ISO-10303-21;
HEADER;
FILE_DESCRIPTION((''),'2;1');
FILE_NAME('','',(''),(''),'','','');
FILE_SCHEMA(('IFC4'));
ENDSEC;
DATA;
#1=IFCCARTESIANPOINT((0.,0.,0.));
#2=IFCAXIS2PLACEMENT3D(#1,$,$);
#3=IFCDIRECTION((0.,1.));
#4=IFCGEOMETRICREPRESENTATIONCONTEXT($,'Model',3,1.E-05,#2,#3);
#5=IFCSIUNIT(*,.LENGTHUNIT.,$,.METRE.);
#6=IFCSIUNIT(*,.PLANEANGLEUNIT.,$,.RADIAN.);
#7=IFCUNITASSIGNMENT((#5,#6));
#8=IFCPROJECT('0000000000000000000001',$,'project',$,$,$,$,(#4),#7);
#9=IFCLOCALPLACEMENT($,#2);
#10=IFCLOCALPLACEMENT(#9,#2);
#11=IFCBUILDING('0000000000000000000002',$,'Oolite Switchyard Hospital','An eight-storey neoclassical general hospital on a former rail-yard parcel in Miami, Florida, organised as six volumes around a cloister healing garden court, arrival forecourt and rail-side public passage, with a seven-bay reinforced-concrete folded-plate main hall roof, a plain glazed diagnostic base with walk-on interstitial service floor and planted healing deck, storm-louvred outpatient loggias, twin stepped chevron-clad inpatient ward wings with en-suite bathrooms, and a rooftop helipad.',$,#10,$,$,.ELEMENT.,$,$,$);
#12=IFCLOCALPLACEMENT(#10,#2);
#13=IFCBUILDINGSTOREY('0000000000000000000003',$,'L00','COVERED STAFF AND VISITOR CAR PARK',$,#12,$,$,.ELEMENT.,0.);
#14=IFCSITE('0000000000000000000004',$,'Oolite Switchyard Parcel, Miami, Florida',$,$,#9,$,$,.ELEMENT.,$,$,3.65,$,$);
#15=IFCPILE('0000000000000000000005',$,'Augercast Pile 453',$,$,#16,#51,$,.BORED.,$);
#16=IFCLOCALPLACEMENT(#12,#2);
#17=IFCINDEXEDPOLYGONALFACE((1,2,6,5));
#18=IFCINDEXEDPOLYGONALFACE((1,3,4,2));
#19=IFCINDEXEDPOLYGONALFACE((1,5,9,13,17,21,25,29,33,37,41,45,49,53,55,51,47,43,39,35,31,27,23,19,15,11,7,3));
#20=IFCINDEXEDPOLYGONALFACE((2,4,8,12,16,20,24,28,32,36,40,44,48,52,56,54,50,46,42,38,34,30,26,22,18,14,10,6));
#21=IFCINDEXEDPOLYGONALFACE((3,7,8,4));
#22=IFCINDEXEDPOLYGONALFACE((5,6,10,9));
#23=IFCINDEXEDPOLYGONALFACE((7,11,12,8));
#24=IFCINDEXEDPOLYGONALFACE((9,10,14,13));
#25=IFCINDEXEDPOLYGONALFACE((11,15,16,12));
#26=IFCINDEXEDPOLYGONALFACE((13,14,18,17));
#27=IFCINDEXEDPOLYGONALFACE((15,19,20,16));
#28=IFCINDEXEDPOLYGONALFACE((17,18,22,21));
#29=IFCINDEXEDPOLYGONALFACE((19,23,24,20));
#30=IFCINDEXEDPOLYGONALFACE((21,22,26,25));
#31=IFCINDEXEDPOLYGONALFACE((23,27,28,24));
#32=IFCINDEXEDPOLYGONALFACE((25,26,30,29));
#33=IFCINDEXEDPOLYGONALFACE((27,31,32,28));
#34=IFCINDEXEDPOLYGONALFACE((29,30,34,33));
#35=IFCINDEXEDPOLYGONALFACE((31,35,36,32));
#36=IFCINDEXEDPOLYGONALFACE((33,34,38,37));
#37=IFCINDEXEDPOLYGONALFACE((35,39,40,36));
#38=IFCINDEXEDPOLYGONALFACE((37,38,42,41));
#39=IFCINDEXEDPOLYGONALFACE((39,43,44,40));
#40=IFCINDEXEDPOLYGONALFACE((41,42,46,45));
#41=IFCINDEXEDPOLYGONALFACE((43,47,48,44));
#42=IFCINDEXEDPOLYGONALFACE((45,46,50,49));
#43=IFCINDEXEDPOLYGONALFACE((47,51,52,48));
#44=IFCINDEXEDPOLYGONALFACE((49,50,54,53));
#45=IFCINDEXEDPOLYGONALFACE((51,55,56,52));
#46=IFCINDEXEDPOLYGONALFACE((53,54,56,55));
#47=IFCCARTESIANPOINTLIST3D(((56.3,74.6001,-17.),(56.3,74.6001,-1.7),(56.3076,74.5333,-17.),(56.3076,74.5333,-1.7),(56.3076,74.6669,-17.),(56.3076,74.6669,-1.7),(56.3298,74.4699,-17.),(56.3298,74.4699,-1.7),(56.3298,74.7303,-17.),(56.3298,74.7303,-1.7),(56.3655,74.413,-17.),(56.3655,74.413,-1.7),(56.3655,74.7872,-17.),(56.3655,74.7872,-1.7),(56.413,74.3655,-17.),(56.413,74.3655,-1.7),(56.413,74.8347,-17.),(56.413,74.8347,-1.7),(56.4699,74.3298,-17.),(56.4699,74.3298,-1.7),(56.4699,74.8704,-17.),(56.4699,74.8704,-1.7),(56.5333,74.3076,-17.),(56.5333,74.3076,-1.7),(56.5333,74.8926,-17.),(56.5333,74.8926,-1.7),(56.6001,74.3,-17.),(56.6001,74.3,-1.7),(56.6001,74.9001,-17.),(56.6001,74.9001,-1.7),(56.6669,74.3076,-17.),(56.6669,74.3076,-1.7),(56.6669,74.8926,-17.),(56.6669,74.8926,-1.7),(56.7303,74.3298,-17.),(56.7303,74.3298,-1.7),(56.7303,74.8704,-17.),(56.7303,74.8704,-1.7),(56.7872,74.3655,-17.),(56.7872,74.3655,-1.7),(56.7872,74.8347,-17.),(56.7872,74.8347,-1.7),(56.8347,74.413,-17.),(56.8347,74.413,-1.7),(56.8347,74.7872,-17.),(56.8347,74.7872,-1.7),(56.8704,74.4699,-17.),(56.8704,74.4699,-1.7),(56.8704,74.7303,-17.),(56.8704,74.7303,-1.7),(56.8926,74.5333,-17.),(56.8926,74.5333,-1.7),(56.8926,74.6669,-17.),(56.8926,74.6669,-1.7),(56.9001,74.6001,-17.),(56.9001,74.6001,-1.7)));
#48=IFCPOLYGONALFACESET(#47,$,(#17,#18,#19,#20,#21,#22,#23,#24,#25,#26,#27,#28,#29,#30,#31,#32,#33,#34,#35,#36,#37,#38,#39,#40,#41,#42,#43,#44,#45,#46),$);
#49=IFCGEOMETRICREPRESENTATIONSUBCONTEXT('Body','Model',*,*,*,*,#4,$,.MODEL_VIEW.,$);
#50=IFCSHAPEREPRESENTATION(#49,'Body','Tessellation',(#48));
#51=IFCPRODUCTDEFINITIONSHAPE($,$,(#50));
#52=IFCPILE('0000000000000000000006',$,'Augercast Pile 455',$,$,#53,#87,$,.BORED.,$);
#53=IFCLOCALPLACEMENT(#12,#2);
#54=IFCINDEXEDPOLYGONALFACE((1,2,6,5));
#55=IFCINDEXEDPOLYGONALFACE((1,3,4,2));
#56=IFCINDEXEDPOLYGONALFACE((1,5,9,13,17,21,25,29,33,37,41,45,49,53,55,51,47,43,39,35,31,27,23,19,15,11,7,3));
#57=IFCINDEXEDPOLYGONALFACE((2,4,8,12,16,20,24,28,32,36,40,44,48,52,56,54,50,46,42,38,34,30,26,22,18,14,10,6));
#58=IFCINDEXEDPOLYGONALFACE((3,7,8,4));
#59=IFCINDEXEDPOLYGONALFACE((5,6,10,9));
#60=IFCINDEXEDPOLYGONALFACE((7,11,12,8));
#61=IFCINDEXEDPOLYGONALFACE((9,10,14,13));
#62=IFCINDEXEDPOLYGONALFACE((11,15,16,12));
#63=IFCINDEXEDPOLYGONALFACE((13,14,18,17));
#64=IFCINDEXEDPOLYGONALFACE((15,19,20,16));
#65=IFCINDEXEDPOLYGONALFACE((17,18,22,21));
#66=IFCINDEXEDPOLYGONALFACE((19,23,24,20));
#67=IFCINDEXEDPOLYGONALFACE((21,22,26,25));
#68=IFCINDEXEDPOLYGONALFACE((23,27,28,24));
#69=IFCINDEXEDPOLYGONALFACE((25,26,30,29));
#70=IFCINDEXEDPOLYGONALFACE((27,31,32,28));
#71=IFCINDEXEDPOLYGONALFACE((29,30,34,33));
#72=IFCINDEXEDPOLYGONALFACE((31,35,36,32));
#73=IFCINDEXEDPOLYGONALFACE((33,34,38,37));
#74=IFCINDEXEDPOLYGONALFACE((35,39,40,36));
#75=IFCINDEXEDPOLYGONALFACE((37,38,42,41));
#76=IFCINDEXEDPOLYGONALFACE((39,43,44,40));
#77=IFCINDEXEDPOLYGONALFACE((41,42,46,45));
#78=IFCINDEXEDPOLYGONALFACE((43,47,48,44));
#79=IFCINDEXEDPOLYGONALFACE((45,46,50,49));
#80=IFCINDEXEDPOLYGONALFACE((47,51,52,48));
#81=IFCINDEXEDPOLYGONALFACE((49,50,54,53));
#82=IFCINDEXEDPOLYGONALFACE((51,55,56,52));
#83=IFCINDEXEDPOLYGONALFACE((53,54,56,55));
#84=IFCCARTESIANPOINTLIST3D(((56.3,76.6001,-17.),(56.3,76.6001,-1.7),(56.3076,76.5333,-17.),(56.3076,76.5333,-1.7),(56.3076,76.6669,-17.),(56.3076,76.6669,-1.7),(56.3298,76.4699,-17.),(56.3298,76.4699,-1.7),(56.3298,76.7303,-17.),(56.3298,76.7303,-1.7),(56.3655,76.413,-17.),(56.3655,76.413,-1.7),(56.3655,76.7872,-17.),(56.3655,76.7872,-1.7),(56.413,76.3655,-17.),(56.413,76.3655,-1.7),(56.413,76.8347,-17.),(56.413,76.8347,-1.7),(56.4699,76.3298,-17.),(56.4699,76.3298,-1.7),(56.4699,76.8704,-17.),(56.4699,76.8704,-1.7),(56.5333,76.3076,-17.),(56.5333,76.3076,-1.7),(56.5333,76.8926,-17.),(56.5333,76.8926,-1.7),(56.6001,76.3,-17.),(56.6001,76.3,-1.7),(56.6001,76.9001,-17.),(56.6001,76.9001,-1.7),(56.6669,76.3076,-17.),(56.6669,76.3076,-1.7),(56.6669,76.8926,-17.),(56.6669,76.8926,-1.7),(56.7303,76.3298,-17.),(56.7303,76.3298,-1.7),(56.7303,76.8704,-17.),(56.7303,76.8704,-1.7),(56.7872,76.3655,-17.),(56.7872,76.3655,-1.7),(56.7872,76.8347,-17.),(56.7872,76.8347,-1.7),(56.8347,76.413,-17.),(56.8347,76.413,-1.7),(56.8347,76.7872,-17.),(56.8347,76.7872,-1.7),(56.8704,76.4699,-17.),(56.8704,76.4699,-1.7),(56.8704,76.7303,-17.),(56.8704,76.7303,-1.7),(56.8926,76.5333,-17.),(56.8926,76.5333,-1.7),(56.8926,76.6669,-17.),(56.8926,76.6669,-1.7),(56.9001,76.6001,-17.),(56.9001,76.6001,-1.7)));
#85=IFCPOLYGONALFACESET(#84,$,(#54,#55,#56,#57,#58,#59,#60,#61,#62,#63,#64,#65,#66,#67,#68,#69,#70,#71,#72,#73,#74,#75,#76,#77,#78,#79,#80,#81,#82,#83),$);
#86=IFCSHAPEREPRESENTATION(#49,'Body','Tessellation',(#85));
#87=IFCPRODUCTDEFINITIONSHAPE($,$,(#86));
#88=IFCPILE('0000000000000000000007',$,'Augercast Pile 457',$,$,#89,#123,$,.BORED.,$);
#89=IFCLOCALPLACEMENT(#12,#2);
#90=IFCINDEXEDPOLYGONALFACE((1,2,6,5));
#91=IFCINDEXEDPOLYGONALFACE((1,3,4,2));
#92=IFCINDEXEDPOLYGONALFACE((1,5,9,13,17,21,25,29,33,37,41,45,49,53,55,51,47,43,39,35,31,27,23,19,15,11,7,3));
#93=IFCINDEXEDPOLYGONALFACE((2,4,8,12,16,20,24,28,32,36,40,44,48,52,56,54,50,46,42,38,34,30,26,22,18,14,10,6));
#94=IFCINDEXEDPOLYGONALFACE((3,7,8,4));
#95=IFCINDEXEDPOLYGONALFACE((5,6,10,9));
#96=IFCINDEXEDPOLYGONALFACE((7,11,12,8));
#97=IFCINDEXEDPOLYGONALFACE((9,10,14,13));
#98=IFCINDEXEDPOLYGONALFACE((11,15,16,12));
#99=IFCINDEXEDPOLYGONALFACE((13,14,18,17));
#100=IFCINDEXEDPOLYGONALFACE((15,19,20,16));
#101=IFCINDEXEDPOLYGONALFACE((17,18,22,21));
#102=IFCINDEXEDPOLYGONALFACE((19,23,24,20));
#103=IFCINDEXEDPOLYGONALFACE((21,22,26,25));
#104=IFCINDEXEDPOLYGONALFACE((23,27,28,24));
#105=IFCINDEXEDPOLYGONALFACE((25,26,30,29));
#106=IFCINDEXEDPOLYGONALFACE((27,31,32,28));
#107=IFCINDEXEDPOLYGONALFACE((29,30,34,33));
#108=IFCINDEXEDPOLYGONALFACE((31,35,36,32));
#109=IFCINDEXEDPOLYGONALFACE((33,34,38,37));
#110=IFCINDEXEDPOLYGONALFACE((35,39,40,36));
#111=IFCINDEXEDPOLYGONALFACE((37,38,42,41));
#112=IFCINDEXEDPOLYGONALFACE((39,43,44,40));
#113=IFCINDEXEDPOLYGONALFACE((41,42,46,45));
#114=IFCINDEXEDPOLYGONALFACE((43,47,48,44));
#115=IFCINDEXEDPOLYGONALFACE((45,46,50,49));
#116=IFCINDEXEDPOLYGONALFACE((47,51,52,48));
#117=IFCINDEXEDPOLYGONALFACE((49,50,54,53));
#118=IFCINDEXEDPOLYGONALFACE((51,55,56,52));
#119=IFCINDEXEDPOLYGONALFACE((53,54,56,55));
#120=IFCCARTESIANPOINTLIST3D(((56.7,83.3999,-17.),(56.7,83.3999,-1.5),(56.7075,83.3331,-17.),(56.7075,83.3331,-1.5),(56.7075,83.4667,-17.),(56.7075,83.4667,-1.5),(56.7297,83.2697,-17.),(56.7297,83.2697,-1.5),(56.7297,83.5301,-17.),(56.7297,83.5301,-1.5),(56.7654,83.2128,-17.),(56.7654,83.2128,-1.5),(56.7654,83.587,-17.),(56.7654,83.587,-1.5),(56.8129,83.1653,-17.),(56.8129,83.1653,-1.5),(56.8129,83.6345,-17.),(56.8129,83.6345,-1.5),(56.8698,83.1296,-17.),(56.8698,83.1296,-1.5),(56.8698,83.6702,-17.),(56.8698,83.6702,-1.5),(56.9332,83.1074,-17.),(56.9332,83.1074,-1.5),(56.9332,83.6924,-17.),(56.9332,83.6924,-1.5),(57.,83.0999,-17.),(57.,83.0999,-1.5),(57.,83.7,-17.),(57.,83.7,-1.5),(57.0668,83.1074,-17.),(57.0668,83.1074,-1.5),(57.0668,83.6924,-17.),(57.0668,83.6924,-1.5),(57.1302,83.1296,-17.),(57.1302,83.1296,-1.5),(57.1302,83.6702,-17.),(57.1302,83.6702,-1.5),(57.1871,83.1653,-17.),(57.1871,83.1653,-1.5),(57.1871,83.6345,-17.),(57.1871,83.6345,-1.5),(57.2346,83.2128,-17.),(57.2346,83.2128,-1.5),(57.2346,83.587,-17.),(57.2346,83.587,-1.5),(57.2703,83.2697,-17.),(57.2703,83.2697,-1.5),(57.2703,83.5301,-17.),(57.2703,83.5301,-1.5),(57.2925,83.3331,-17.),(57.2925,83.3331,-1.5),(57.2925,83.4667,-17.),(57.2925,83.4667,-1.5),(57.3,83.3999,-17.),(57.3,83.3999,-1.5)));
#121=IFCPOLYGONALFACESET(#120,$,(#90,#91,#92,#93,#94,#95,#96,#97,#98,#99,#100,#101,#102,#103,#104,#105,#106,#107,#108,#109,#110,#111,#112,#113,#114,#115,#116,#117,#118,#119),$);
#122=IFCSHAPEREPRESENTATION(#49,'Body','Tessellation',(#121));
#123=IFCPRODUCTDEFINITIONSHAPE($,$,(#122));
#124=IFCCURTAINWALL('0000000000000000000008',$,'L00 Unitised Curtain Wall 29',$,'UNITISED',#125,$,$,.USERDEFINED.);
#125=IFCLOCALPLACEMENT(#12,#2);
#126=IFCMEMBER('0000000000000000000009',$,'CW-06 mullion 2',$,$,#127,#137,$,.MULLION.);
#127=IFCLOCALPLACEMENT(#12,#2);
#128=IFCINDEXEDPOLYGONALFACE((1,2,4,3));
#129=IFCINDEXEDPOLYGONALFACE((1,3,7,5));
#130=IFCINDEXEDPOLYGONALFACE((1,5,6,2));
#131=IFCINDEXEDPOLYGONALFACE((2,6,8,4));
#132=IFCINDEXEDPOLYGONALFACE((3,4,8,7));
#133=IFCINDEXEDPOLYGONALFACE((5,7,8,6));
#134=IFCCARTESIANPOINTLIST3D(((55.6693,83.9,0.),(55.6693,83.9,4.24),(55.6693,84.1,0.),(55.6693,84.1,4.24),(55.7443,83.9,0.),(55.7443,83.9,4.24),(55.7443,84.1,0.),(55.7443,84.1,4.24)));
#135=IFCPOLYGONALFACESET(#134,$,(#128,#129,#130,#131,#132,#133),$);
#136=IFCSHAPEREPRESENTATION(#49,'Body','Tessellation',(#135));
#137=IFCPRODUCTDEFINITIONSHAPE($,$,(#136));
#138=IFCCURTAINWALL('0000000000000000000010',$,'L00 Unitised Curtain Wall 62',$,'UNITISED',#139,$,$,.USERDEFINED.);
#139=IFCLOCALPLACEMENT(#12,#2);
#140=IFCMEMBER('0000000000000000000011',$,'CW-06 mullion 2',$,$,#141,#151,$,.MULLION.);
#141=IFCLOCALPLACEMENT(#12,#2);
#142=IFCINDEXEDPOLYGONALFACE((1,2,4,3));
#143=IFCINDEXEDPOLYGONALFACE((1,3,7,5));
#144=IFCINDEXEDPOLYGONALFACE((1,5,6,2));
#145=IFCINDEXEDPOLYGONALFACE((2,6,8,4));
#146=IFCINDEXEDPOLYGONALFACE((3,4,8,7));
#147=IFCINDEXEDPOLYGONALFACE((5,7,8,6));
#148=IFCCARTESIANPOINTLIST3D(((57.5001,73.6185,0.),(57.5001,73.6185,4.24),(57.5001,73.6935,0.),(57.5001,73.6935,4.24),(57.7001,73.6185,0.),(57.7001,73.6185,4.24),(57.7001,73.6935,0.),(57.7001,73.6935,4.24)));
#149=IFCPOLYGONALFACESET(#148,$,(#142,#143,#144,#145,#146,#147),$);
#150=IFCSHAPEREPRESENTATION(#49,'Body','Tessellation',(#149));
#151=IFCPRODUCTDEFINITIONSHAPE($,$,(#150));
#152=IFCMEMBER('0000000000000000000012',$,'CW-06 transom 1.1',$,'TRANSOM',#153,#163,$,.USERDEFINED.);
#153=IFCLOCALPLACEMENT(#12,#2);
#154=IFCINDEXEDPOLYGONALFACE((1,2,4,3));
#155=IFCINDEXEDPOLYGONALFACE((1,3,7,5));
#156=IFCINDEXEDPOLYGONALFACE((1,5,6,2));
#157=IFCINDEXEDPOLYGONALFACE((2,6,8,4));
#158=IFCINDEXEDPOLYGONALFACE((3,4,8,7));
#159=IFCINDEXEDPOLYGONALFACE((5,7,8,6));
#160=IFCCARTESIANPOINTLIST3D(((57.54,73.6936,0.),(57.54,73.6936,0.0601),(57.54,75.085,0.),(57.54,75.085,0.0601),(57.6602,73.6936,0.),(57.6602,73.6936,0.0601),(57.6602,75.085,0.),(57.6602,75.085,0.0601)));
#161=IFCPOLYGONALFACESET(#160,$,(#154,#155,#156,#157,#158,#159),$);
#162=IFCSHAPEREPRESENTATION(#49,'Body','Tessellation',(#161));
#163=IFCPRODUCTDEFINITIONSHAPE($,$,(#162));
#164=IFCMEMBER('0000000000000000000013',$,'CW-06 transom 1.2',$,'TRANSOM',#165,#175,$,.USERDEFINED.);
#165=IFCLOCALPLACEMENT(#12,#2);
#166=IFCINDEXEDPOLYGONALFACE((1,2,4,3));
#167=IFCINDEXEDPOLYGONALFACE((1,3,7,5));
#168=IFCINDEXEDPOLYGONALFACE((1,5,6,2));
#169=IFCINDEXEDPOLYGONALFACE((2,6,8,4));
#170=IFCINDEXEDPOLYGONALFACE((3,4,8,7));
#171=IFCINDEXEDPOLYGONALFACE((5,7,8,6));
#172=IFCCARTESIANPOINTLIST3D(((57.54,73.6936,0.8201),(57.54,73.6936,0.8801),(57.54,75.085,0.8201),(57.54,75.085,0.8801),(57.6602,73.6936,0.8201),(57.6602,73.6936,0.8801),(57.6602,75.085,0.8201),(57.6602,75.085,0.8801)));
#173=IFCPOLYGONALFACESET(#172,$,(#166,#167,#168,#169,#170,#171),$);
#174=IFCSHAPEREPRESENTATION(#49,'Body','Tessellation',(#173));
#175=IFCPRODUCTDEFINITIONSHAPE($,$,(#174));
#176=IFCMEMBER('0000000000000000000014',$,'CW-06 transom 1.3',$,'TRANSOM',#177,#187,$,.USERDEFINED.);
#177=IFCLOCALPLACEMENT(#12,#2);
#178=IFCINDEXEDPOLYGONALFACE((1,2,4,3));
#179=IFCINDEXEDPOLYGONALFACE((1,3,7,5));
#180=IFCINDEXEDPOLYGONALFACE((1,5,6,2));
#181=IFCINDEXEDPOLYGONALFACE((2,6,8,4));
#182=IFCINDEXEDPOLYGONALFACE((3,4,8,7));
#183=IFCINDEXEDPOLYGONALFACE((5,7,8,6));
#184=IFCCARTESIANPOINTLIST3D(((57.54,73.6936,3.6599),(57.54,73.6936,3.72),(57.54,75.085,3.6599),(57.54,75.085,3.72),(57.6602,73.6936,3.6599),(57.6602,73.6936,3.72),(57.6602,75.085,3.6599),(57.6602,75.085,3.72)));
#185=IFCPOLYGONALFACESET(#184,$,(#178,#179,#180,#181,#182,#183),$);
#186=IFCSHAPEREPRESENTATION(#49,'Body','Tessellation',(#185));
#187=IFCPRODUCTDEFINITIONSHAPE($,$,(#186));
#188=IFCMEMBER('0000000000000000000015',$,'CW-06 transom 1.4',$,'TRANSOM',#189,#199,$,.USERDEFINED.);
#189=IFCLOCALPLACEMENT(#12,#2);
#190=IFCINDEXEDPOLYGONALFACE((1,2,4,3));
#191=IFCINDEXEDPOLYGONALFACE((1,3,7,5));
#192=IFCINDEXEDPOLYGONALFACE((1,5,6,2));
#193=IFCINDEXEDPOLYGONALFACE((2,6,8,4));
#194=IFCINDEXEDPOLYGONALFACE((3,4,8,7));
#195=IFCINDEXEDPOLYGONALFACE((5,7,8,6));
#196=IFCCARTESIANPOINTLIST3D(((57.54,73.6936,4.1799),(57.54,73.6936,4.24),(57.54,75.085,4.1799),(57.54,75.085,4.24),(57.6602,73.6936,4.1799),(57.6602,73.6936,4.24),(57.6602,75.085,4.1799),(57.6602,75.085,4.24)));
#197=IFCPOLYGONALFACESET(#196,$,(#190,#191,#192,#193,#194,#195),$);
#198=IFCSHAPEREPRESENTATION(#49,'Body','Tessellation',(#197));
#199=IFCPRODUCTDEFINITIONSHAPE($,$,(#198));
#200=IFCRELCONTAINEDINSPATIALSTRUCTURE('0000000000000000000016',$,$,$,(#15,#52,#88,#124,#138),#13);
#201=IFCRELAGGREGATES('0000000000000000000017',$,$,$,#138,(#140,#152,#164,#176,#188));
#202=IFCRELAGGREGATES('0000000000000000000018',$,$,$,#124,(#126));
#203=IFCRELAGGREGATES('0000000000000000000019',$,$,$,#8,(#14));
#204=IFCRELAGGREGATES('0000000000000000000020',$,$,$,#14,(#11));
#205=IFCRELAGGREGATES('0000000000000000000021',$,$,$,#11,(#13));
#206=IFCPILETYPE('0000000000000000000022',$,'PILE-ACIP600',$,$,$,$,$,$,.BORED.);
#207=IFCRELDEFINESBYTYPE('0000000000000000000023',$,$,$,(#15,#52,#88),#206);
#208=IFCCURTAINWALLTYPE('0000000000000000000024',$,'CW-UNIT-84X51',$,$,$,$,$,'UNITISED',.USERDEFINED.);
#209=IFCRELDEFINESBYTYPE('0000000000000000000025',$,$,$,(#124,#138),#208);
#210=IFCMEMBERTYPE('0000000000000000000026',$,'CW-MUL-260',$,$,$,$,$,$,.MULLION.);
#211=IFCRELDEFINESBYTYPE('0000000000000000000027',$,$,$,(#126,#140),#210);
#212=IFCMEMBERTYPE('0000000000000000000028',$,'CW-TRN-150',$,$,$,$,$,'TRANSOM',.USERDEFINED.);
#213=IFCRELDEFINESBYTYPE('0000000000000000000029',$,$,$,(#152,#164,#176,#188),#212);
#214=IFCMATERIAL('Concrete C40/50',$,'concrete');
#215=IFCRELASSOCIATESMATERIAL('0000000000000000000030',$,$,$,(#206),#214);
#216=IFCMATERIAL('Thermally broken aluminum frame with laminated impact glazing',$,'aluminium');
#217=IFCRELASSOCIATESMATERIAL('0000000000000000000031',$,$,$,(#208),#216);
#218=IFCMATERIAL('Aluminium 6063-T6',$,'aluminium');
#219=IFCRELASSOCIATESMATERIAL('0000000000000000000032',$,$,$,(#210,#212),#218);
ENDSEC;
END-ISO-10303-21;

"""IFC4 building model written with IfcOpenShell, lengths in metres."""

from ifc_helpers import new_model, si_unit, direction, frame, origin, origin_2d, place, context, subcontext, project, spatial, rectangle, circle, extrude, material, material_profile, profile_set, type_object, element, aggregate, save


model = new_model("IFC4")

# Units and contexts
model_context = context("Model", 3, precision=1e-05, world=origin(), true_north=direction((0.0, 1.0)))
body_context = subcontext(model_context, "Body", "Model", "MODEL_VIEW")
ifc_project = project(units=[si_unit("LENGTHUNIT", "METRE"), si_unit("PLANEANGLEUNIT", "RADIAN")], contexts=[model_context])

# Site, building, storey
site_placement = place(None, origin())
site = spatial("IfcSite", under=ifc_project, at=site_placement, Name="Oolite Switchyard Parcel, Miami, Florida", CompositionType="ELEMENT", RefElevation=3.65)
building_placement = place(site_placement, origin())
building = spatial("IfcBuilding", under=site, at=building_placement, Name="Oolite Switchyard Hospital", Description="An eight-storey neoclassical general hospital on a former rail-yard parcel in Miami, Florida, organised as six volumes around a cloister healing garden court, arrival forecourt and rail-side public passage, with a seven-bay reinforced-concrete folded-plate main hall roof, a plain glazed diagnostic base with walk-on interstitial service floor and planted healing deck, storm-louvred outpatient loggias, twin stepped chevron-clad inpatient ward wings with en-suite bathrooms, and a rooftop helipad.", CompositionType="ELEMENT")
storey_placement = place(building_placement, origin())
storey = spatial("IfcBuildingStorey", under=building, at=storey_placement, Name="L00", Description="COVERED STAFF AND VISITOR CAR PARK", CompositionType="ELEMENT", Elevation=0.0)

# Piles
ifc_material_1 = material(Name="Concrete C40/50", Category="concrete")
ifc_material_profile_1 = material_profile(ifc_material_1, circle(Radius=0.3, at=origin_2d()), Name="PILE600")
ifc_profile_set_1 = profile_set([ifc_material_profile_1], Name="Concrete C40/50")
pile_type = type_object("IfcPileType", Name="PILE-ACIP600", PredefinedType="BORED", material=ifc_profile_set_1)
for number, where, z_axis, x_axis, name in (
    (1, (56.6001, 74.6001, -1.7), (0.0, 0.0, -1.0), (1.0, 0.0, 0.0), "Augercast Pile 453"),
    (2, (56.6001, 76.6001, -1.7), (0.0, 0.0, -1.0), (1.0, 0.0, 0.0), "Augercast Pile 455"),
):
    element("IfcPile", number, at=place(storey_placement, frame(where, z_axis=z_axis, x_axis=x_axis)), inside=storey, type_object=pile_type, Name=name, PredefinedType="BORED", context=body_context, shape_type="SweptSolid", body=[
        extrude(circle(Radius=0.3, at=origin_2d()), origin(), (0.0, 0.0, 1.0), 15.3),
    ])
pile_placement = place(storey_placement, frame((57.0, 83.3999, -1.5), z_axis=(0.0, 0.0, -1.0), x_axis=(1.0, 0.0, 0.0)))
element("IfcPile", 3, at=pile_placement, inside=storey, type_object=pile_type, Name="Augercast Pile 457", PredefinedType="BORED", context=body_context, shape_type="SweptSolid", body=[
    extrude(circle(Radius=0.3, at=origin_2d()), origin(), (0.0, 0.0, 1.0), 15.5),
])

# Curtain wall, member
ifc_material_2 = material(Name="Thermally broken aluminum frame with laminated impact glazing", Category="aluminium")
curtain_wall_type = type_object("IfcCurtainWallType", Name="CW-UNIT-84X51", ElementType="UNITISED", PredefinedType="USERDEFINED", material=ifc_material_2)
curtain_wall_1_placement = place(storey_placement, origin())
curtain_wall_1 = element("IfcCurtainWall", 4, at=curtain_wall_1_placement, inside=storey, type_object=curtain_wall_type, Name="L00 Unitised Curtain Wall 29", ObjectType="UNITISED", PredefinedType="USERDEFINED")
ifc_material_3 = material(Name="Aluminium 6063-T6", Category="aluminium")
ifc_material_profile_2 = material_profile(ifc_material_3, rectangle(XDim=0.2, YDim=0.075, at=origin_2d()), Name="CWM75X200")
ifc_profile_set_2 = profile_set([ifc_material_profile_2], Name="Aluminium 6063-T6")
member_type_1 = type_object("IfcMemberType", Name="CW-MUL-260", PredefinedType="MULLION", material=ifc_profile_set_2)
member_1_placement = place(storey_placement, frame((55.7068, 84.0, 0.0), z_axis=(0.0, 0.0, 1.0), x_axis=(0.0, -1.0, 0.0)))
member_1 = element("IfcMember", 5, at=member_1_placement, type_object=member_type_1, Name="CW-06 mullion 2", PredefinedType="MULLION", context=body_context, shape_type="SweptSolid", body=[
    extrude(rectangle(XDim=0.2, YDim=0.075, at=origin_2d()), origin(), (0.0, 0.0, 1.0), 4.24),
])

# Curtain wall, members
curtain_wall_2_placement = place(storey_placement, origin())
curtain_wall_2 = element("IfcCurtainWall", 6, at=curtain_wall_2_placement, inside=storey, type_object=curtain_wall_type, Name="L00 Unitised Curtain Wall 62", ObjectType="UNITISED", PredefinedType="USERDEFINED")
member_2_placement = place(storey_placement, frame((57.6001, 73.656, 0.0), z_axis=(0.0, 0.0, 1.0), x_axis=(1.0, 0.0, 0.0)))
member_2 = element("IfcMember", 7, at=member_2_placement, type_object=member_type_1, Name="CW-06 mullion 2", PredefinedType="MULLION", context=body_context, shape_type="SweptSolid", body=[
    extrude(rectangle(XDim=0.2, YDim=0.075, at=origin_2d()), origin(), (0.0, 0.0, 1.0), 4.24),
])
ifc_material_profile_3 = material_profile(ifc_material_3, rectangle(XDim=0.1201, YDim=0.0601, at=origin_2d()), Name="CWT60X120")
ifc_profile_set_3 = profile_set([ifc_material_profile_3], Name="Aluminium 6063-T6")
member_type_2 = type_object("IfcMemberType", Name="CW-TRN-150", ElementType="TRANSOM", PredefinedType="USERDEFINED", material=ifc_profile_set_3)
member_3_placement = place(storey_placement, frame((57.6001, 75.085, 0.03), z_axis=(0.0, -1.0, 0.0), x_axis=(1.0, 0.0, 0.0)))
member_3 = element("IfcMember", 8, at=member_3_placement, type_object=member_type_2, Name="CW-06 transom 1.1", ObjectType="TRANSOM", PredefinedType="USERDEFINED", context=body_context, shape_type="SweptSolid", body=[
    extrude(rectangle(XDim=0.1201, YDim=0.0601, at=origin_2d()), origin(), (0.0, 0.0, 1.0), 1.3914),
])
member_4_placement = place(storey_placement, frame((57.6001, 75.085, 0.8501), z_axis=(0.0, -1.0, 0.0), x_axis=(1.0, 0.0, 0.0)))
member_4 = element("IfcMember", 9, at=member_4_placement, type_object=member_type_2, Name="CW-06 transom 1.2", ObjectType="TRANSOM", PredefinedType="USERDEFINED", context=body_context, shape_type="SweptSolid", body=[
    extrude(rectangle(XDim=0.1201, YDim=0.0601, at=origin_2d()), origin(), (0.0, 0.0, 1.0), 1.3914),
])
member_5_placement = place(storey_placement, frame((57.6001, 75.085, 3.6899), z_axis=(0.0, -1.0, 0.0), x_axis=(1.0, 0.0, 0.0)))
member_5 = element("IfcMember", 10, at=member_5_placement, type_object=member_type_2, Name="CW-06 transom 1.3", ObjectType="TRANSOM", PredefinedType="USERDEFINED", context=body_context, shape_type="SweptSolid", body=[
    extrude(rectangle(XDim=0.1201, YDim=0.0601, at=origin_2d()), origin(), (0.0, 0.0, 1.0), 1.3914),
])
member_6_placement = place(storey_placement, frame((57.6001, 75.085, 4.21), z_axis=(0.0, -1.0, 0.0), x_axis=(1.0, 0.0, 0.0)))
member_6 = element("IfcMember", 11, at=member_6_placement, type_object=member_type_2, Name="CW-06 transom 1.4", ObjectType="TRANSOM", PredefinedType="USERDEFINED", context=body_context, shape_type="SweptSolid", body=[
    extrude(rectangle(XDim=0.1201, YDim=0.0601, at=origin_2d()), origin(), (0.0, 0.0, 1.0), 1.3914),
])

aggregate(curtain_wall_2, [member_2, member_3, member_4, member_5, member_6])
aggregate(curtain_wall_1, [member_1])

save(model, "model.ifc")
